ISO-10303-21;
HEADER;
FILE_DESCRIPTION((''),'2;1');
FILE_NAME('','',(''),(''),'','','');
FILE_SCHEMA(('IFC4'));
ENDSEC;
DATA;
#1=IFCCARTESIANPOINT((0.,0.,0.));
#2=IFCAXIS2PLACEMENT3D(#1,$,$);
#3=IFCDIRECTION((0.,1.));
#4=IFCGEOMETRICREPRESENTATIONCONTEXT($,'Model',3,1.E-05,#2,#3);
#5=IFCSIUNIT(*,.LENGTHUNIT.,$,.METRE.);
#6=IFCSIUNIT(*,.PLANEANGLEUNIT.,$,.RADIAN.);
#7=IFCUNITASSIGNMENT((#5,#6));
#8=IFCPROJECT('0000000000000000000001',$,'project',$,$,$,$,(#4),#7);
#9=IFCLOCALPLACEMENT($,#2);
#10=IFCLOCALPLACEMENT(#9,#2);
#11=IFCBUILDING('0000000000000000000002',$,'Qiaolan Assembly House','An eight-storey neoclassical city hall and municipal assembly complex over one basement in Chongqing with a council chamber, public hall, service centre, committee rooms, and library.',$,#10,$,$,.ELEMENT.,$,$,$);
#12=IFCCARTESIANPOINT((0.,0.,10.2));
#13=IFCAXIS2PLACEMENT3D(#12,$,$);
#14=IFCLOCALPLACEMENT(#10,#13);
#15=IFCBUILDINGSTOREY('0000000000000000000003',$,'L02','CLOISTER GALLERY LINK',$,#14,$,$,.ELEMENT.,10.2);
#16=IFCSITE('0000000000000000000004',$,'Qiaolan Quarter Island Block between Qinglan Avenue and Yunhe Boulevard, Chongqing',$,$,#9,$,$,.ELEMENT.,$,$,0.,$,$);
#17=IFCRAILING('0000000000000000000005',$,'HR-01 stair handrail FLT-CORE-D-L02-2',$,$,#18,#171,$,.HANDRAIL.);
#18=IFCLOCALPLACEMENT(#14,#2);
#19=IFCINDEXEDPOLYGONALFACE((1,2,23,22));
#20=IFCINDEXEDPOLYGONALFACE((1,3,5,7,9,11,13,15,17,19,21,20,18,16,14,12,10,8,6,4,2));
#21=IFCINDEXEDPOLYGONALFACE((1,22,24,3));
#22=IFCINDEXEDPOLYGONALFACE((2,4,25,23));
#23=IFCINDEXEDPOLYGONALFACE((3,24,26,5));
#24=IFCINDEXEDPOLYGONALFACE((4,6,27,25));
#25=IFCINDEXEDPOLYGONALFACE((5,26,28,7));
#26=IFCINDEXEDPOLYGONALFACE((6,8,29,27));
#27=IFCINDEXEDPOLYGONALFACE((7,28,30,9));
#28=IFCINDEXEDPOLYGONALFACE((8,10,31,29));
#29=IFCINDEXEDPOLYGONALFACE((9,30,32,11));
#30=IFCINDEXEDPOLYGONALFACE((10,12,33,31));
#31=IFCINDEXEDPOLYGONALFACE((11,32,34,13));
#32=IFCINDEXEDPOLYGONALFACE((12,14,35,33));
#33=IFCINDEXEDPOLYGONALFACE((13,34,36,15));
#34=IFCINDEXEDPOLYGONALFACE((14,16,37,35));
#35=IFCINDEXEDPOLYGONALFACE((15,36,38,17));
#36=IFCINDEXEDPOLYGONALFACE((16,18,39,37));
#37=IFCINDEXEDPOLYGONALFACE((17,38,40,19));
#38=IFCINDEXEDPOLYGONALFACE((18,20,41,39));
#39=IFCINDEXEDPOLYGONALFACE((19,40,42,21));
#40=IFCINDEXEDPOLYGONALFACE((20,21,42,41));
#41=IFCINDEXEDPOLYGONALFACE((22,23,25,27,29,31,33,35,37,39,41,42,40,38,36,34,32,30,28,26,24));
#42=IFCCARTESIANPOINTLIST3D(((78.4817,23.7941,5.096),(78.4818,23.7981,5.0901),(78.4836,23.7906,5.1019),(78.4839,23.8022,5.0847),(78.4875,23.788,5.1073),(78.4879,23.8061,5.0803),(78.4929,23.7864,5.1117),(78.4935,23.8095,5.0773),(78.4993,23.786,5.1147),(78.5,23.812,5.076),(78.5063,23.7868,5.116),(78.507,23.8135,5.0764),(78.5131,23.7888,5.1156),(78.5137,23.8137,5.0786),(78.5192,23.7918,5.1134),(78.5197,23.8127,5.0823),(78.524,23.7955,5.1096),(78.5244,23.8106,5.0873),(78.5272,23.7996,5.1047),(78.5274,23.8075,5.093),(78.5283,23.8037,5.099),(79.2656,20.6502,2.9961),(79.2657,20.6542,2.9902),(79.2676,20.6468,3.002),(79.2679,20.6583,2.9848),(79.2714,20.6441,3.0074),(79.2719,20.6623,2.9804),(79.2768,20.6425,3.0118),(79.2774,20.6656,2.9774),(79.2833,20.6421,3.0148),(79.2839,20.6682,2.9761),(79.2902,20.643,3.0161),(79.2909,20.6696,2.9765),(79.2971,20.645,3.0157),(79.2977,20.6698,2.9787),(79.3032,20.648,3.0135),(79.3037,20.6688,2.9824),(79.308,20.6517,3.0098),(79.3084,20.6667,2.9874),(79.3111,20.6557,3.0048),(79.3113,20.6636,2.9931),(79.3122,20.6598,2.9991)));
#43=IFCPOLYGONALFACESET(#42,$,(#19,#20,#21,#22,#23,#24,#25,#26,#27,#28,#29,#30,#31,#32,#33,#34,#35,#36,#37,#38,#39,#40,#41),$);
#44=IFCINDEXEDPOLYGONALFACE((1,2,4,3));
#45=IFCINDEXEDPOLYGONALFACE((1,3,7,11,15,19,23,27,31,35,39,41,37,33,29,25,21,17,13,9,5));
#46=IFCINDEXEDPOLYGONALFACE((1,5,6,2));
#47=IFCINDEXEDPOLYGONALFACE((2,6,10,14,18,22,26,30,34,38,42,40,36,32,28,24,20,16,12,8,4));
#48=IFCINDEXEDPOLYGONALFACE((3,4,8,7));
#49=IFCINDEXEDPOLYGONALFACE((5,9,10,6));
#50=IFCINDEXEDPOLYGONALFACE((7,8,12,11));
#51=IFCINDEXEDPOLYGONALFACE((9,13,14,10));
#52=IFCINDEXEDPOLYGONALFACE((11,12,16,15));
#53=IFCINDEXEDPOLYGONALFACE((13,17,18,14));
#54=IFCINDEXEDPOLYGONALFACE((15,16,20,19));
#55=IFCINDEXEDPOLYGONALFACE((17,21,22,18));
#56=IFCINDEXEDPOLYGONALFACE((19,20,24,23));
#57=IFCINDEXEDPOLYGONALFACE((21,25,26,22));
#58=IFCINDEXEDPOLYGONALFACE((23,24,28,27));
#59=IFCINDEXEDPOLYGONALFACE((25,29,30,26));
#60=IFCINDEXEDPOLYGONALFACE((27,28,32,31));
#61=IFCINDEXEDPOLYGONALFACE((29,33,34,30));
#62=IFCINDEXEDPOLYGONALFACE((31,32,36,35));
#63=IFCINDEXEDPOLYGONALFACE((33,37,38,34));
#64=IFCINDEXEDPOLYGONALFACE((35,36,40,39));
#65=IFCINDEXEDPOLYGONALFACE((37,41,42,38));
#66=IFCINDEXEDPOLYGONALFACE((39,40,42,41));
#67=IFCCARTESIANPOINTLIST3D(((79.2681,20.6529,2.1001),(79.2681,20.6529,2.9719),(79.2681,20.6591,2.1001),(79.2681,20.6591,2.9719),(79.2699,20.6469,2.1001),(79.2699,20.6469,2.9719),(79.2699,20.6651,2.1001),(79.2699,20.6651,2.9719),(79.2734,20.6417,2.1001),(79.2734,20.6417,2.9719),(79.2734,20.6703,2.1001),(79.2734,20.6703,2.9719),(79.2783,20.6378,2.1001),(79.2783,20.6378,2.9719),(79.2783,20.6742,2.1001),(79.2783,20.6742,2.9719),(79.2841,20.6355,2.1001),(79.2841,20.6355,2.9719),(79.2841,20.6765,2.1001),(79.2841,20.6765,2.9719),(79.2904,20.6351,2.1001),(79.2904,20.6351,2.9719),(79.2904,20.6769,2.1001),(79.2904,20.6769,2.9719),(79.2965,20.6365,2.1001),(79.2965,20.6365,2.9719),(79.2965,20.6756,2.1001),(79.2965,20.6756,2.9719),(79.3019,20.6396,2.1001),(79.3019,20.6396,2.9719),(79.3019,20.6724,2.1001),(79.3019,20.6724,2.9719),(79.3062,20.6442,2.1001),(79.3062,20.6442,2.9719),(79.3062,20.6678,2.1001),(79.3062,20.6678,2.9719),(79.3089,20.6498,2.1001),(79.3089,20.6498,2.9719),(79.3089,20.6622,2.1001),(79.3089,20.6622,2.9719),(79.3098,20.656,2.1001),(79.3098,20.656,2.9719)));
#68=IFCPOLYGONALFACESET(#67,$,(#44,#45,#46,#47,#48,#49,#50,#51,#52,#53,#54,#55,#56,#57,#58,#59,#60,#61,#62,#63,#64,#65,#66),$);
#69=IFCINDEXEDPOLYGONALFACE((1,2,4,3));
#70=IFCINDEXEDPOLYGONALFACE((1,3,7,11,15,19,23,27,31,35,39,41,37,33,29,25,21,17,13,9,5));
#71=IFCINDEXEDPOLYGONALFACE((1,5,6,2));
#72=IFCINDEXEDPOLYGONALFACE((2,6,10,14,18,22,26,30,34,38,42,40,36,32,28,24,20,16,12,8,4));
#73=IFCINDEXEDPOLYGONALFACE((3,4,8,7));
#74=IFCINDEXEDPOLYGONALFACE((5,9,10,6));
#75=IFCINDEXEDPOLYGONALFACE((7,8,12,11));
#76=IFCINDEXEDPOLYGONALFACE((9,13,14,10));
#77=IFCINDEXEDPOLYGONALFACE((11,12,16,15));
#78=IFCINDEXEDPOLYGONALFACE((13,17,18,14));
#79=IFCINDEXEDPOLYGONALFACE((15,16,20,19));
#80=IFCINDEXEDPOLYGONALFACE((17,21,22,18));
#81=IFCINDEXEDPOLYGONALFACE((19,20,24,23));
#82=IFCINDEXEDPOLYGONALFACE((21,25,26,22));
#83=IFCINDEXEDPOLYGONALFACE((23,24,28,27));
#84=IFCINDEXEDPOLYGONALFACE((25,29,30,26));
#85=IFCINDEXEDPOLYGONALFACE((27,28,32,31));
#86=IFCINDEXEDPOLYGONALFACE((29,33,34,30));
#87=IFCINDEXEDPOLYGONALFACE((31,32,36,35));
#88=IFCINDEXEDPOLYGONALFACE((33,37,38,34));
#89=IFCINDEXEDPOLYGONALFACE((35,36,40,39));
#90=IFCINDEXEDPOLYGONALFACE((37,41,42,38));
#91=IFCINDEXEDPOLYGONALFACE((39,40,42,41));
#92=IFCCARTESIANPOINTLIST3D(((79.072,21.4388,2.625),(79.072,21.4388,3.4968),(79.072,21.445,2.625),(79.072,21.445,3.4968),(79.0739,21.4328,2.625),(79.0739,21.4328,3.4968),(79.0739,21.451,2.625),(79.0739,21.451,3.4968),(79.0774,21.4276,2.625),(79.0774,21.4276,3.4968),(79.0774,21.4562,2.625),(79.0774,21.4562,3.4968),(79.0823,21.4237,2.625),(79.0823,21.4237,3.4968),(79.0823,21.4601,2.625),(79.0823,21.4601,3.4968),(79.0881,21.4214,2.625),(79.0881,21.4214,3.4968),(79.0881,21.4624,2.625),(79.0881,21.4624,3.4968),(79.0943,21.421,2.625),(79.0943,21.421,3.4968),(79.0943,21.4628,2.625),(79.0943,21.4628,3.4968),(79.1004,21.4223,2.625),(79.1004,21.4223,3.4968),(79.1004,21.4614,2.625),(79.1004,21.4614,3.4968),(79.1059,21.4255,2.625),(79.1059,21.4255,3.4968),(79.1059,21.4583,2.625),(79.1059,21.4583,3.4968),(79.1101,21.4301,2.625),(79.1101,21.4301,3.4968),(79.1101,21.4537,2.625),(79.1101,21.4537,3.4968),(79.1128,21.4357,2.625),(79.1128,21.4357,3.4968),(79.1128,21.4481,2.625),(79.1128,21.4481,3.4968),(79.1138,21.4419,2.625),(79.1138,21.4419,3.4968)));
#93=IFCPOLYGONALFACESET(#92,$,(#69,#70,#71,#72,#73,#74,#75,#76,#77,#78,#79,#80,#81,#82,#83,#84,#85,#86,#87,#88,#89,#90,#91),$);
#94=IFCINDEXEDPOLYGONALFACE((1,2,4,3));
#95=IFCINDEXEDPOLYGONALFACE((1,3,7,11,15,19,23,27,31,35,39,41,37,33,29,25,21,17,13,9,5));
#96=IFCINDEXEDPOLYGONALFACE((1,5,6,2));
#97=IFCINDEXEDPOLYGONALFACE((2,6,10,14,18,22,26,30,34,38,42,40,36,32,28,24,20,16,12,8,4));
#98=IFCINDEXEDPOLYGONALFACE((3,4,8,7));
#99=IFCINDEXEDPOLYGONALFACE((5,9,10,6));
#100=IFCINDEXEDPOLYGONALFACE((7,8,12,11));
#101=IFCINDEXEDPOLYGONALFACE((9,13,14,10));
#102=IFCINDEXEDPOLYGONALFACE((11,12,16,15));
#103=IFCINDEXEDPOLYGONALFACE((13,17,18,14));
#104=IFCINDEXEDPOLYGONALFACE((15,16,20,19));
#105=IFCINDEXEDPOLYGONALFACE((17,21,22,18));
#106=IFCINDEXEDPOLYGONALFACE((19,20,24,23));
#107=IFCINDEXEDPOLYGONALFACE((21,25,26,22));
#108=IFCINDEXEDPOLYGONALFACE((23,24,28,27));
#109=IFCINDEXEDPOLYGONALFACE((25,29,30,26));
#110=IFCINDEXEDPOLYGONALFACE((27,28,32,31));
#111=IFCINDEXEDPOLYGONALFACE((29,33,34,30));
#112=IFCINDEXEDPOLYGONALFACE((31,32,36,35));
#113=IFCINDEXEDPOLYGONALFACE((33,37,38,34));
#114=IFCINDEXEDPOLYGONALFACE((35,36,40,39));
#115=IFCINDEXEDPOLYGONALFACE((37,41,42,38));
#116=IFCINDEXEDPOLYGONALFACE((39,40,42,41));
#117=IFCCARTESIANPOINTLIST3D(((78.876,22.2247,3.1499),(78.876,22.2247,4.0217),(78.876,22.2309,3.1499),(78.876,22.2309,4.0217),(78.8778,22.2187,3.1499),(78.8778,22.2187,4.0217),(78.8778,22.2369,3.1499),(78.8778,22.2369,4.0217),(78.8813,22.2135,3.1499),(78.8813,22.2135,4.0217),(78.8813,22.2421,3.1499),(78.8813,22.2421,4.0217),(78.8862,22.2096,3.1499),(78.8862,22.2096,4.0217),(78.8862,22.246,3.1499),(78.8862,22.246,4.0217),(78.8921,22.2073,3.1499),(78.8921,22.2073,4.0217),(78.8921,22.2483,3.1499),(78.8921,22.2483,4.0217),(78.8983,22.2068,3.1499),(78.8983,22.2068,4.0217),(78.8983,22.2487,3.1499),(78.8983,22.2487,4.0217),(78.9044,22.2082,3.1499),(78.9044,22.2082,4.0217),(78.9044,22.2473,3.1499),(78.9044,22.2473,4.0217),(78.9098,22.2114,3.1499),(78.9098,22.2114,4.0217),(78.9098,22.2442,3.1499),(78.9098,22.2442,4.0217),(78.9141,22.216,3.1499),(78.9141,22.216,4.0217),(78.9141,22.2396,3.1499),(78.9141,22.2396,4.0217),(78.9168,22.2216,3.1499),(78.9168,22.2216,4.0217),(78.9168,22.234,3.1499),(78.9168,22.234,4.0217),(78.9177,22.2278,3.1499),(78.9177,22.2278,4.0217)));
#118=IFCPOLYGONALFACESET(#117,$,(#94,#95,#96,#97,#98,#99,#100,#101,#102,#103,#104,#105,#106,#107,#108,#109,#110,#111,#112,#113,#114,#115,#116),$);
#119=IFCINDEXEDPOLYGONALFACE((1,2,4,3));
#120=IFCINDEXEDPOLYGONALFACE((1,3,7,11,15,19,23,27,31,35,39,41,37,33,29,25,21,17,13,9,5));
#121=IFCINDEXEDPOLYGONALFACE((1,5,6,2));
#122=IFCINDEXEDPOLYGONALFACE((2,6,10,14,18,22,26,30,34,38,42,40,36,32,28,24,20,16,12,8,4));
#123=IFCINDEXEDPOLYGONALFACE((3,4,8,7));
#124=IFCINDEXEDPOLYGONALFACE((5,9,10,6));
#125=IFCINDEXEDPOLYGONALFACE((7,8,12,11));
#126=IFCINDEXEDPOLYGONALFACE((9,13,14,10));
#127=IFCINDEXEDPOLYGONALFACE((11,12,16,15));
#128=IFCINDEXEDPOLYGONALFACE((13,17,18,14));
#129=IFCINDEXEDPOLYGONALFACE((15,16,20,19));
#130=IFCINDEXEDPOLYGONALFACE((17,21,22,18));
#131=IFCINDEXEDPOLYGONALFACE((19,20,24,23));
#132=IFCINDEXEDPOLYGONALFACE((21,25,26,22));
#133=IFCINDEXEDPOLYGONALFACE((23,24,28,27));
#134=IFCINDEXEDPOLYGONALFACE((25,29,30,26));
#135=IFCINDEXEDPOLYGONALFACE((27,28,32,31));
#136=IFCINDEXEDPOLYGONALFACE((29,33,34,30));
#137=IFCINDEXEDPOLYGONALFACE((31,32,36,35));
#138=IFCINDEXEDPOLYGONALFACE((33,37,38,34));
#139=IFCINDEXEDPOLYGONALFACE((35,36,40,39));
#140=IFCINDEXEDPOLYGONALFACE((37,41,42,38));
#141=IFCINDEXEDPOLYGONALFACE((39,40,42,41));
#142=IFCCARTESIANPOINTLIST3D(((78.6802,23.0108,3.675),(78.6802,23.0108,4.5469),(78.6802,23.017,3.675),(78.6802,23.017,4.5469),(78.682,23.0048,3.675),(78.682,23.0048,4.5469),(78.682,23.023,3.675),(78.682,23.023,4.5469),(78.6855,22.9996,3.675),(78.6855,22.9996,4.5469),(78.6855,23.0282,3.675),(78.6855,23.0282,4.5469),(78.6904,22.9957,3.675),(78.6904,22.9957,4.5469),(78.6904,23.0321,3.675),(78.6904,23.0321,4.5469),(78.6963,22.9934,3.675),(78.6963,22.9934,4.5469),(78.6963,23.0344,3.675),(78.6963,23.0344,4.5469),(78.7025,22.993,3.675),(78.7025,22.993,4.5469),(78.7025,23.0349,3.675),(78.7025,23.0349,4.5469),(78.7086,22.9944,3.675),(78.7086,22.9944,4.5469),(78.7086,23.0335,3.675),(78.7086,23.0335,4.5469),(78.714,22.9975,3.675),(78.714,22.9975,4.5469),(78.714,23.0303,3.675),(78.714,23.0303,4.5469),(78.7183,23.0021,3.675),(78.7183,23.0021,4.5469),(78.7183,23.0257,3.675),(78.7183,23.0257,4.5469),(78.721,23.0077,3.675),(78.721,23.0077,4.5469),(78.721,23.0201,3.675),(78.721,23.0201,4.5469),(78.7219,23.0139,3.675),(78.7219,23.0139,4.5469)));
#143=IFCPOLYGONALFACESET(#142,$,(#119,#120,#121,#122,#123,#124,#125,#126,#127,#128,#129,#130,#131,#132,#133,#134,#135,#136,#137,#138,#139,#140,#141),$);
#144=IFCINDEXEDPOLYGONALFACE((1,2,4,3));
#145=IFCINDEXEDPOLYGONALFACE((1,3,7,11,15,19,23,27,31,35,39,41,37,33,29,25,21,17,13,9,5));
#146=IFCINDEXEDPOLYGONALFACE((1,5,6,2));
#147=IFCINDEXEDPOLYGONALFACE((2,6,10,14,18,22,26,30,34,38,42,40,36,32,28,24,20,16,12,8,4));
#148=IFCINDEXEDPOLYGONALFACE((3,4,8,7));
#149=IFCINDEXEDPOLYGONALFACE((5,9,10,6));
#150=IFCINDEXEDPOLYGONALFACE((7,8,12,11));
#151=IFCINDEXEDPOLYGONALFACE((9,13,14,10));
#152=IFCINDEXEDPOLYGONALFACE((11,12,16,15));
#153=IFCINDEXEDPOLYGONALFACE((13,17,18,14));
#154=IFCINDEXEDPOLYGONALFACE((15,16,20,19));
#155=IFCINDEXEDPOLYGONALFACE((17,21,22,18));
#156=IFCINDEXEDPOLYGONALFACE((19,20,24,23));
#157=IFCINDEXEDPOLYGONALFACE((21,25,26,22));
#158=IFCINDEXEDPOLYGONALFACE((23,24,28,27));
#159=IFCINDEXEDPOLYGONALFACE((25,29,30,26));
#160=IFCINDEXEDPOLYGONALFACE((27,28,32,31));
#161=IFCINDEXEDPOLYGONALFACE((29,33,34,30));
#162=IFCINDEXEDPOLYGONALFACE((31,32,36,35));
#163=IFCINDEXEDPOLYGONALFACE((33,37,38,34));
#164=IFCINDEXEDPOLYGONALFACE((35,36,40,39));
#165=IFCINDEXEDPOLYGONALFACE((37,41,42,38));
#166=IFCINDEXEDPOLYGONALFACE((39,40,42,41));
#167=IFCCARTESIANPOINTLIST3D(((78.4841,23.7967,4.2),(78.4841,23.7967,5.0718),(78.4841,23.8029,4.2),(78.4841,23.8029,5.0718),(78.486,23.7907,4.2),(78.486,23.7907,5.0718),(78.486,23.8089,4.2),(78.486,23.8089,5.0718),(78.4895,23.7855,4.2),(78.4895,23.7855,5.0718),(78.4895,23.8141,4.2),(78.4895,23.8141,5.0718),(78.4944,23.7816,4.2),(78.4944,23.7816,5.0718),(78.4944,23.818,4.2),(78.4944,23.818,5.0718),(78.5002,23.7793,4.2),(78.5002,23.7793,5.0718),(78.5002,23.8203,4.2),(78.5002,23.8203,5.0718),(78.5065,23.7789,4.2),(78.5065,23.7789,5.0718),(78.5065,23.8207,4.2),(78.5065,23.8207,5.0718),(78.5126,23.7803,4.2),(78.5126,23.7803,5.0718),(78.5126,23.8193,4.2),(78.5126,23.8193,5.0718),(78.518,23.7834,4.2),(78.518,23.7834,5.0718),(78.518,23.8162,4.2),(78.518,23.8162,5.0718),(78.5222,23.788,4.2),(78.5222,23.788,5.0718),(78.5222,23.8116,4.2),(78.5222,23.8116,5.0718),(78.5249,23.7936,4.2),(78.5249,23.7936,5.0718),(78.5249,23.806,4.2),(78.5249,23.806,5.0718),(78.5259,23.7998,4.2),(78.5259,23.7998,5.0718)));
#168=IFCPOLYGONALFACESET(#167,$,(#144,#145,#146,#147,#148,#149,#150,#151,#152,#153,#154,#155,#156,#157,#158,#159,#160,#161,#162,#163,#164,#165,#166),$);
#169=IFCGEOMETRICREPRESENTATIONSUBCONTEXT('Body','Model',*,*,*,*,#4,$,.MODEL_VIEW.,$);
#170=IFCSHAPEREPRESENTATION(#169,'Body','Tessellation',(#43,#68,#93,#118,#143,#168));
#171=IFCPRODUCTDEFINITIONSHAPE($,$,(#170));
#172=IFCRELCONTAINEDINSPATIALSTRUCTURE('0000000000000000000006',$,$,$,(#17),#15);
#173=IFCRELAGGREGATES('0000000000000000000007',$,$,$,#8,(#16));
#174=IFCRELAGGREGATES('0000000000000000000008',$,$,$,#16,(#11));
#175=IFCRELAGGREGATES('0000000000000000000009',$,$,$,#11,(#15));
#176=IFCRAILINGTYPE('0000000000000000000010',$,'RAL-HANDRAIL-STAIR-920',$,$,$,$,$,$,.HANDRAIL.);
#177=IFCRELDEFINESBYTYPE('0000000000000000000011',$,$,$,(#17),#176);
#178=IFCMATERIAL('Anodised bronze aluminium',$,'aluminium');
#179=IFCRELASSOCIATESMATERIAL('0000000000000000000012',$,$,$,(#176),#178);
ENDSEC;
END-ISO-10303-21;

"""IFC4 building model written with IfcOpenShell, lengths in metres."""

from ifc_helpers import new_model, si_unit, direction, frame, origin, origin_2d, place, context, subcontext, project, spatial, circle, extrude, material, type_object, element, save


model = new_model("IFC4")

# Units and contexts
model_context = context("Model", 3, precision=1e-05, world=origin(), true_north=direction((0.0, 1.0)))
body_context = subcontext(model_context, "Body", "Model", "MODEL_VIEW")
ifc_project = project(units=[si_unit("LENGTHUNIT", "METRE"), si_unit("PLANEANGLEUNIT", "RADIAN")], contexts=[model_context])

# Site, building, storey
site_placement = place(None, origin())
site = spatial("IfcSite", under=ifc_project, at=site_placement, Name="Qiaolan Quarter Island Block between Qinglan Avenue and Yunhe Boulevard, Chongqing", CompositionType="ELEMENT", RefElevation=0.0)
building_placement = place(site_placement, origin())
building = spatial("IfcBuilding", under=site, at=building_placement, Name="Qiaolan Assembly House", Description="An eight-storey neoclassical city hall and municipal assembly complex over one basement in Chongqing with a council chamber, public hall, service centre, committee rooms, and library.", CompositionType="ELEMENT")
storey_placement = place(building_placement, frame((0.0, 0.0, 10.2)))
storey = spatial("IfcBuildingStorey", under=building, at=storey_placement, Name="L02", Description="CLOISTER GALLERY LINK", CompositionType="ELEMENT", Elevation=10.2)

# Railing
ifc_material_1 = material(Name="Anodised bronze aluminium", Category="aluminium")
railing_type = type_object("IfcRailingType", Name="RAL-HANDRAIL-STAIR-920", PredefinedType="HANDRAIL", material=ifc_material_1)
railing_placement = place(storey_placement, frame((79.2888, 20.656, 2.1001)))
element("IfcRailing", 1, at=railing_placement, inside=storey, type_object=railing_type, Name="HR-01 stair handrail FLT-CORE-D-L02-2", PredefinedType="HANDRAIL", context=body_context, shape_type="SweptSolid", body=[
    extrude(circle(Radius=0.0239, at=origin_2d()), frame((0.0, 0.0, 0.896), z_axis=(-0.203039, 0.814242, 0.543861), x_axis=(-0.970289, -0.241951, 0.0)), (0.0, 0.0, 1.0), 3.8611),
    extrude(circle(Radius=0.021, at=origin_2d()), origin(), (0.0, 0.0, 1.0), 0.8718),
    extrude(circle(Radius=0.021, at=origin_2d()), frame((-0.196, 0.7859, 0.5249)), (0.0, 0.0, 1.0), 0.8718),
    extrude(circle(Radius=0.021, at=origin_2d()), frame((-0.3921, 1.5718, 1.0498)), (0.0, 0.0, 1.0), 0.8718),
    extrude(circle(Radius=0.021, at=origin_2d()), frame((-0.5879, 2.3579, 1.575)), (0.0, 0.0, 1.0), 0.8718),
    extrude(circle(Radius=0.021, at=origin_2d()), frame((-0.7839, 3.1438, 2.0999)), (0.0, 0.0, 1.0), 0.8718),
])

save(model, "model.ifc")
